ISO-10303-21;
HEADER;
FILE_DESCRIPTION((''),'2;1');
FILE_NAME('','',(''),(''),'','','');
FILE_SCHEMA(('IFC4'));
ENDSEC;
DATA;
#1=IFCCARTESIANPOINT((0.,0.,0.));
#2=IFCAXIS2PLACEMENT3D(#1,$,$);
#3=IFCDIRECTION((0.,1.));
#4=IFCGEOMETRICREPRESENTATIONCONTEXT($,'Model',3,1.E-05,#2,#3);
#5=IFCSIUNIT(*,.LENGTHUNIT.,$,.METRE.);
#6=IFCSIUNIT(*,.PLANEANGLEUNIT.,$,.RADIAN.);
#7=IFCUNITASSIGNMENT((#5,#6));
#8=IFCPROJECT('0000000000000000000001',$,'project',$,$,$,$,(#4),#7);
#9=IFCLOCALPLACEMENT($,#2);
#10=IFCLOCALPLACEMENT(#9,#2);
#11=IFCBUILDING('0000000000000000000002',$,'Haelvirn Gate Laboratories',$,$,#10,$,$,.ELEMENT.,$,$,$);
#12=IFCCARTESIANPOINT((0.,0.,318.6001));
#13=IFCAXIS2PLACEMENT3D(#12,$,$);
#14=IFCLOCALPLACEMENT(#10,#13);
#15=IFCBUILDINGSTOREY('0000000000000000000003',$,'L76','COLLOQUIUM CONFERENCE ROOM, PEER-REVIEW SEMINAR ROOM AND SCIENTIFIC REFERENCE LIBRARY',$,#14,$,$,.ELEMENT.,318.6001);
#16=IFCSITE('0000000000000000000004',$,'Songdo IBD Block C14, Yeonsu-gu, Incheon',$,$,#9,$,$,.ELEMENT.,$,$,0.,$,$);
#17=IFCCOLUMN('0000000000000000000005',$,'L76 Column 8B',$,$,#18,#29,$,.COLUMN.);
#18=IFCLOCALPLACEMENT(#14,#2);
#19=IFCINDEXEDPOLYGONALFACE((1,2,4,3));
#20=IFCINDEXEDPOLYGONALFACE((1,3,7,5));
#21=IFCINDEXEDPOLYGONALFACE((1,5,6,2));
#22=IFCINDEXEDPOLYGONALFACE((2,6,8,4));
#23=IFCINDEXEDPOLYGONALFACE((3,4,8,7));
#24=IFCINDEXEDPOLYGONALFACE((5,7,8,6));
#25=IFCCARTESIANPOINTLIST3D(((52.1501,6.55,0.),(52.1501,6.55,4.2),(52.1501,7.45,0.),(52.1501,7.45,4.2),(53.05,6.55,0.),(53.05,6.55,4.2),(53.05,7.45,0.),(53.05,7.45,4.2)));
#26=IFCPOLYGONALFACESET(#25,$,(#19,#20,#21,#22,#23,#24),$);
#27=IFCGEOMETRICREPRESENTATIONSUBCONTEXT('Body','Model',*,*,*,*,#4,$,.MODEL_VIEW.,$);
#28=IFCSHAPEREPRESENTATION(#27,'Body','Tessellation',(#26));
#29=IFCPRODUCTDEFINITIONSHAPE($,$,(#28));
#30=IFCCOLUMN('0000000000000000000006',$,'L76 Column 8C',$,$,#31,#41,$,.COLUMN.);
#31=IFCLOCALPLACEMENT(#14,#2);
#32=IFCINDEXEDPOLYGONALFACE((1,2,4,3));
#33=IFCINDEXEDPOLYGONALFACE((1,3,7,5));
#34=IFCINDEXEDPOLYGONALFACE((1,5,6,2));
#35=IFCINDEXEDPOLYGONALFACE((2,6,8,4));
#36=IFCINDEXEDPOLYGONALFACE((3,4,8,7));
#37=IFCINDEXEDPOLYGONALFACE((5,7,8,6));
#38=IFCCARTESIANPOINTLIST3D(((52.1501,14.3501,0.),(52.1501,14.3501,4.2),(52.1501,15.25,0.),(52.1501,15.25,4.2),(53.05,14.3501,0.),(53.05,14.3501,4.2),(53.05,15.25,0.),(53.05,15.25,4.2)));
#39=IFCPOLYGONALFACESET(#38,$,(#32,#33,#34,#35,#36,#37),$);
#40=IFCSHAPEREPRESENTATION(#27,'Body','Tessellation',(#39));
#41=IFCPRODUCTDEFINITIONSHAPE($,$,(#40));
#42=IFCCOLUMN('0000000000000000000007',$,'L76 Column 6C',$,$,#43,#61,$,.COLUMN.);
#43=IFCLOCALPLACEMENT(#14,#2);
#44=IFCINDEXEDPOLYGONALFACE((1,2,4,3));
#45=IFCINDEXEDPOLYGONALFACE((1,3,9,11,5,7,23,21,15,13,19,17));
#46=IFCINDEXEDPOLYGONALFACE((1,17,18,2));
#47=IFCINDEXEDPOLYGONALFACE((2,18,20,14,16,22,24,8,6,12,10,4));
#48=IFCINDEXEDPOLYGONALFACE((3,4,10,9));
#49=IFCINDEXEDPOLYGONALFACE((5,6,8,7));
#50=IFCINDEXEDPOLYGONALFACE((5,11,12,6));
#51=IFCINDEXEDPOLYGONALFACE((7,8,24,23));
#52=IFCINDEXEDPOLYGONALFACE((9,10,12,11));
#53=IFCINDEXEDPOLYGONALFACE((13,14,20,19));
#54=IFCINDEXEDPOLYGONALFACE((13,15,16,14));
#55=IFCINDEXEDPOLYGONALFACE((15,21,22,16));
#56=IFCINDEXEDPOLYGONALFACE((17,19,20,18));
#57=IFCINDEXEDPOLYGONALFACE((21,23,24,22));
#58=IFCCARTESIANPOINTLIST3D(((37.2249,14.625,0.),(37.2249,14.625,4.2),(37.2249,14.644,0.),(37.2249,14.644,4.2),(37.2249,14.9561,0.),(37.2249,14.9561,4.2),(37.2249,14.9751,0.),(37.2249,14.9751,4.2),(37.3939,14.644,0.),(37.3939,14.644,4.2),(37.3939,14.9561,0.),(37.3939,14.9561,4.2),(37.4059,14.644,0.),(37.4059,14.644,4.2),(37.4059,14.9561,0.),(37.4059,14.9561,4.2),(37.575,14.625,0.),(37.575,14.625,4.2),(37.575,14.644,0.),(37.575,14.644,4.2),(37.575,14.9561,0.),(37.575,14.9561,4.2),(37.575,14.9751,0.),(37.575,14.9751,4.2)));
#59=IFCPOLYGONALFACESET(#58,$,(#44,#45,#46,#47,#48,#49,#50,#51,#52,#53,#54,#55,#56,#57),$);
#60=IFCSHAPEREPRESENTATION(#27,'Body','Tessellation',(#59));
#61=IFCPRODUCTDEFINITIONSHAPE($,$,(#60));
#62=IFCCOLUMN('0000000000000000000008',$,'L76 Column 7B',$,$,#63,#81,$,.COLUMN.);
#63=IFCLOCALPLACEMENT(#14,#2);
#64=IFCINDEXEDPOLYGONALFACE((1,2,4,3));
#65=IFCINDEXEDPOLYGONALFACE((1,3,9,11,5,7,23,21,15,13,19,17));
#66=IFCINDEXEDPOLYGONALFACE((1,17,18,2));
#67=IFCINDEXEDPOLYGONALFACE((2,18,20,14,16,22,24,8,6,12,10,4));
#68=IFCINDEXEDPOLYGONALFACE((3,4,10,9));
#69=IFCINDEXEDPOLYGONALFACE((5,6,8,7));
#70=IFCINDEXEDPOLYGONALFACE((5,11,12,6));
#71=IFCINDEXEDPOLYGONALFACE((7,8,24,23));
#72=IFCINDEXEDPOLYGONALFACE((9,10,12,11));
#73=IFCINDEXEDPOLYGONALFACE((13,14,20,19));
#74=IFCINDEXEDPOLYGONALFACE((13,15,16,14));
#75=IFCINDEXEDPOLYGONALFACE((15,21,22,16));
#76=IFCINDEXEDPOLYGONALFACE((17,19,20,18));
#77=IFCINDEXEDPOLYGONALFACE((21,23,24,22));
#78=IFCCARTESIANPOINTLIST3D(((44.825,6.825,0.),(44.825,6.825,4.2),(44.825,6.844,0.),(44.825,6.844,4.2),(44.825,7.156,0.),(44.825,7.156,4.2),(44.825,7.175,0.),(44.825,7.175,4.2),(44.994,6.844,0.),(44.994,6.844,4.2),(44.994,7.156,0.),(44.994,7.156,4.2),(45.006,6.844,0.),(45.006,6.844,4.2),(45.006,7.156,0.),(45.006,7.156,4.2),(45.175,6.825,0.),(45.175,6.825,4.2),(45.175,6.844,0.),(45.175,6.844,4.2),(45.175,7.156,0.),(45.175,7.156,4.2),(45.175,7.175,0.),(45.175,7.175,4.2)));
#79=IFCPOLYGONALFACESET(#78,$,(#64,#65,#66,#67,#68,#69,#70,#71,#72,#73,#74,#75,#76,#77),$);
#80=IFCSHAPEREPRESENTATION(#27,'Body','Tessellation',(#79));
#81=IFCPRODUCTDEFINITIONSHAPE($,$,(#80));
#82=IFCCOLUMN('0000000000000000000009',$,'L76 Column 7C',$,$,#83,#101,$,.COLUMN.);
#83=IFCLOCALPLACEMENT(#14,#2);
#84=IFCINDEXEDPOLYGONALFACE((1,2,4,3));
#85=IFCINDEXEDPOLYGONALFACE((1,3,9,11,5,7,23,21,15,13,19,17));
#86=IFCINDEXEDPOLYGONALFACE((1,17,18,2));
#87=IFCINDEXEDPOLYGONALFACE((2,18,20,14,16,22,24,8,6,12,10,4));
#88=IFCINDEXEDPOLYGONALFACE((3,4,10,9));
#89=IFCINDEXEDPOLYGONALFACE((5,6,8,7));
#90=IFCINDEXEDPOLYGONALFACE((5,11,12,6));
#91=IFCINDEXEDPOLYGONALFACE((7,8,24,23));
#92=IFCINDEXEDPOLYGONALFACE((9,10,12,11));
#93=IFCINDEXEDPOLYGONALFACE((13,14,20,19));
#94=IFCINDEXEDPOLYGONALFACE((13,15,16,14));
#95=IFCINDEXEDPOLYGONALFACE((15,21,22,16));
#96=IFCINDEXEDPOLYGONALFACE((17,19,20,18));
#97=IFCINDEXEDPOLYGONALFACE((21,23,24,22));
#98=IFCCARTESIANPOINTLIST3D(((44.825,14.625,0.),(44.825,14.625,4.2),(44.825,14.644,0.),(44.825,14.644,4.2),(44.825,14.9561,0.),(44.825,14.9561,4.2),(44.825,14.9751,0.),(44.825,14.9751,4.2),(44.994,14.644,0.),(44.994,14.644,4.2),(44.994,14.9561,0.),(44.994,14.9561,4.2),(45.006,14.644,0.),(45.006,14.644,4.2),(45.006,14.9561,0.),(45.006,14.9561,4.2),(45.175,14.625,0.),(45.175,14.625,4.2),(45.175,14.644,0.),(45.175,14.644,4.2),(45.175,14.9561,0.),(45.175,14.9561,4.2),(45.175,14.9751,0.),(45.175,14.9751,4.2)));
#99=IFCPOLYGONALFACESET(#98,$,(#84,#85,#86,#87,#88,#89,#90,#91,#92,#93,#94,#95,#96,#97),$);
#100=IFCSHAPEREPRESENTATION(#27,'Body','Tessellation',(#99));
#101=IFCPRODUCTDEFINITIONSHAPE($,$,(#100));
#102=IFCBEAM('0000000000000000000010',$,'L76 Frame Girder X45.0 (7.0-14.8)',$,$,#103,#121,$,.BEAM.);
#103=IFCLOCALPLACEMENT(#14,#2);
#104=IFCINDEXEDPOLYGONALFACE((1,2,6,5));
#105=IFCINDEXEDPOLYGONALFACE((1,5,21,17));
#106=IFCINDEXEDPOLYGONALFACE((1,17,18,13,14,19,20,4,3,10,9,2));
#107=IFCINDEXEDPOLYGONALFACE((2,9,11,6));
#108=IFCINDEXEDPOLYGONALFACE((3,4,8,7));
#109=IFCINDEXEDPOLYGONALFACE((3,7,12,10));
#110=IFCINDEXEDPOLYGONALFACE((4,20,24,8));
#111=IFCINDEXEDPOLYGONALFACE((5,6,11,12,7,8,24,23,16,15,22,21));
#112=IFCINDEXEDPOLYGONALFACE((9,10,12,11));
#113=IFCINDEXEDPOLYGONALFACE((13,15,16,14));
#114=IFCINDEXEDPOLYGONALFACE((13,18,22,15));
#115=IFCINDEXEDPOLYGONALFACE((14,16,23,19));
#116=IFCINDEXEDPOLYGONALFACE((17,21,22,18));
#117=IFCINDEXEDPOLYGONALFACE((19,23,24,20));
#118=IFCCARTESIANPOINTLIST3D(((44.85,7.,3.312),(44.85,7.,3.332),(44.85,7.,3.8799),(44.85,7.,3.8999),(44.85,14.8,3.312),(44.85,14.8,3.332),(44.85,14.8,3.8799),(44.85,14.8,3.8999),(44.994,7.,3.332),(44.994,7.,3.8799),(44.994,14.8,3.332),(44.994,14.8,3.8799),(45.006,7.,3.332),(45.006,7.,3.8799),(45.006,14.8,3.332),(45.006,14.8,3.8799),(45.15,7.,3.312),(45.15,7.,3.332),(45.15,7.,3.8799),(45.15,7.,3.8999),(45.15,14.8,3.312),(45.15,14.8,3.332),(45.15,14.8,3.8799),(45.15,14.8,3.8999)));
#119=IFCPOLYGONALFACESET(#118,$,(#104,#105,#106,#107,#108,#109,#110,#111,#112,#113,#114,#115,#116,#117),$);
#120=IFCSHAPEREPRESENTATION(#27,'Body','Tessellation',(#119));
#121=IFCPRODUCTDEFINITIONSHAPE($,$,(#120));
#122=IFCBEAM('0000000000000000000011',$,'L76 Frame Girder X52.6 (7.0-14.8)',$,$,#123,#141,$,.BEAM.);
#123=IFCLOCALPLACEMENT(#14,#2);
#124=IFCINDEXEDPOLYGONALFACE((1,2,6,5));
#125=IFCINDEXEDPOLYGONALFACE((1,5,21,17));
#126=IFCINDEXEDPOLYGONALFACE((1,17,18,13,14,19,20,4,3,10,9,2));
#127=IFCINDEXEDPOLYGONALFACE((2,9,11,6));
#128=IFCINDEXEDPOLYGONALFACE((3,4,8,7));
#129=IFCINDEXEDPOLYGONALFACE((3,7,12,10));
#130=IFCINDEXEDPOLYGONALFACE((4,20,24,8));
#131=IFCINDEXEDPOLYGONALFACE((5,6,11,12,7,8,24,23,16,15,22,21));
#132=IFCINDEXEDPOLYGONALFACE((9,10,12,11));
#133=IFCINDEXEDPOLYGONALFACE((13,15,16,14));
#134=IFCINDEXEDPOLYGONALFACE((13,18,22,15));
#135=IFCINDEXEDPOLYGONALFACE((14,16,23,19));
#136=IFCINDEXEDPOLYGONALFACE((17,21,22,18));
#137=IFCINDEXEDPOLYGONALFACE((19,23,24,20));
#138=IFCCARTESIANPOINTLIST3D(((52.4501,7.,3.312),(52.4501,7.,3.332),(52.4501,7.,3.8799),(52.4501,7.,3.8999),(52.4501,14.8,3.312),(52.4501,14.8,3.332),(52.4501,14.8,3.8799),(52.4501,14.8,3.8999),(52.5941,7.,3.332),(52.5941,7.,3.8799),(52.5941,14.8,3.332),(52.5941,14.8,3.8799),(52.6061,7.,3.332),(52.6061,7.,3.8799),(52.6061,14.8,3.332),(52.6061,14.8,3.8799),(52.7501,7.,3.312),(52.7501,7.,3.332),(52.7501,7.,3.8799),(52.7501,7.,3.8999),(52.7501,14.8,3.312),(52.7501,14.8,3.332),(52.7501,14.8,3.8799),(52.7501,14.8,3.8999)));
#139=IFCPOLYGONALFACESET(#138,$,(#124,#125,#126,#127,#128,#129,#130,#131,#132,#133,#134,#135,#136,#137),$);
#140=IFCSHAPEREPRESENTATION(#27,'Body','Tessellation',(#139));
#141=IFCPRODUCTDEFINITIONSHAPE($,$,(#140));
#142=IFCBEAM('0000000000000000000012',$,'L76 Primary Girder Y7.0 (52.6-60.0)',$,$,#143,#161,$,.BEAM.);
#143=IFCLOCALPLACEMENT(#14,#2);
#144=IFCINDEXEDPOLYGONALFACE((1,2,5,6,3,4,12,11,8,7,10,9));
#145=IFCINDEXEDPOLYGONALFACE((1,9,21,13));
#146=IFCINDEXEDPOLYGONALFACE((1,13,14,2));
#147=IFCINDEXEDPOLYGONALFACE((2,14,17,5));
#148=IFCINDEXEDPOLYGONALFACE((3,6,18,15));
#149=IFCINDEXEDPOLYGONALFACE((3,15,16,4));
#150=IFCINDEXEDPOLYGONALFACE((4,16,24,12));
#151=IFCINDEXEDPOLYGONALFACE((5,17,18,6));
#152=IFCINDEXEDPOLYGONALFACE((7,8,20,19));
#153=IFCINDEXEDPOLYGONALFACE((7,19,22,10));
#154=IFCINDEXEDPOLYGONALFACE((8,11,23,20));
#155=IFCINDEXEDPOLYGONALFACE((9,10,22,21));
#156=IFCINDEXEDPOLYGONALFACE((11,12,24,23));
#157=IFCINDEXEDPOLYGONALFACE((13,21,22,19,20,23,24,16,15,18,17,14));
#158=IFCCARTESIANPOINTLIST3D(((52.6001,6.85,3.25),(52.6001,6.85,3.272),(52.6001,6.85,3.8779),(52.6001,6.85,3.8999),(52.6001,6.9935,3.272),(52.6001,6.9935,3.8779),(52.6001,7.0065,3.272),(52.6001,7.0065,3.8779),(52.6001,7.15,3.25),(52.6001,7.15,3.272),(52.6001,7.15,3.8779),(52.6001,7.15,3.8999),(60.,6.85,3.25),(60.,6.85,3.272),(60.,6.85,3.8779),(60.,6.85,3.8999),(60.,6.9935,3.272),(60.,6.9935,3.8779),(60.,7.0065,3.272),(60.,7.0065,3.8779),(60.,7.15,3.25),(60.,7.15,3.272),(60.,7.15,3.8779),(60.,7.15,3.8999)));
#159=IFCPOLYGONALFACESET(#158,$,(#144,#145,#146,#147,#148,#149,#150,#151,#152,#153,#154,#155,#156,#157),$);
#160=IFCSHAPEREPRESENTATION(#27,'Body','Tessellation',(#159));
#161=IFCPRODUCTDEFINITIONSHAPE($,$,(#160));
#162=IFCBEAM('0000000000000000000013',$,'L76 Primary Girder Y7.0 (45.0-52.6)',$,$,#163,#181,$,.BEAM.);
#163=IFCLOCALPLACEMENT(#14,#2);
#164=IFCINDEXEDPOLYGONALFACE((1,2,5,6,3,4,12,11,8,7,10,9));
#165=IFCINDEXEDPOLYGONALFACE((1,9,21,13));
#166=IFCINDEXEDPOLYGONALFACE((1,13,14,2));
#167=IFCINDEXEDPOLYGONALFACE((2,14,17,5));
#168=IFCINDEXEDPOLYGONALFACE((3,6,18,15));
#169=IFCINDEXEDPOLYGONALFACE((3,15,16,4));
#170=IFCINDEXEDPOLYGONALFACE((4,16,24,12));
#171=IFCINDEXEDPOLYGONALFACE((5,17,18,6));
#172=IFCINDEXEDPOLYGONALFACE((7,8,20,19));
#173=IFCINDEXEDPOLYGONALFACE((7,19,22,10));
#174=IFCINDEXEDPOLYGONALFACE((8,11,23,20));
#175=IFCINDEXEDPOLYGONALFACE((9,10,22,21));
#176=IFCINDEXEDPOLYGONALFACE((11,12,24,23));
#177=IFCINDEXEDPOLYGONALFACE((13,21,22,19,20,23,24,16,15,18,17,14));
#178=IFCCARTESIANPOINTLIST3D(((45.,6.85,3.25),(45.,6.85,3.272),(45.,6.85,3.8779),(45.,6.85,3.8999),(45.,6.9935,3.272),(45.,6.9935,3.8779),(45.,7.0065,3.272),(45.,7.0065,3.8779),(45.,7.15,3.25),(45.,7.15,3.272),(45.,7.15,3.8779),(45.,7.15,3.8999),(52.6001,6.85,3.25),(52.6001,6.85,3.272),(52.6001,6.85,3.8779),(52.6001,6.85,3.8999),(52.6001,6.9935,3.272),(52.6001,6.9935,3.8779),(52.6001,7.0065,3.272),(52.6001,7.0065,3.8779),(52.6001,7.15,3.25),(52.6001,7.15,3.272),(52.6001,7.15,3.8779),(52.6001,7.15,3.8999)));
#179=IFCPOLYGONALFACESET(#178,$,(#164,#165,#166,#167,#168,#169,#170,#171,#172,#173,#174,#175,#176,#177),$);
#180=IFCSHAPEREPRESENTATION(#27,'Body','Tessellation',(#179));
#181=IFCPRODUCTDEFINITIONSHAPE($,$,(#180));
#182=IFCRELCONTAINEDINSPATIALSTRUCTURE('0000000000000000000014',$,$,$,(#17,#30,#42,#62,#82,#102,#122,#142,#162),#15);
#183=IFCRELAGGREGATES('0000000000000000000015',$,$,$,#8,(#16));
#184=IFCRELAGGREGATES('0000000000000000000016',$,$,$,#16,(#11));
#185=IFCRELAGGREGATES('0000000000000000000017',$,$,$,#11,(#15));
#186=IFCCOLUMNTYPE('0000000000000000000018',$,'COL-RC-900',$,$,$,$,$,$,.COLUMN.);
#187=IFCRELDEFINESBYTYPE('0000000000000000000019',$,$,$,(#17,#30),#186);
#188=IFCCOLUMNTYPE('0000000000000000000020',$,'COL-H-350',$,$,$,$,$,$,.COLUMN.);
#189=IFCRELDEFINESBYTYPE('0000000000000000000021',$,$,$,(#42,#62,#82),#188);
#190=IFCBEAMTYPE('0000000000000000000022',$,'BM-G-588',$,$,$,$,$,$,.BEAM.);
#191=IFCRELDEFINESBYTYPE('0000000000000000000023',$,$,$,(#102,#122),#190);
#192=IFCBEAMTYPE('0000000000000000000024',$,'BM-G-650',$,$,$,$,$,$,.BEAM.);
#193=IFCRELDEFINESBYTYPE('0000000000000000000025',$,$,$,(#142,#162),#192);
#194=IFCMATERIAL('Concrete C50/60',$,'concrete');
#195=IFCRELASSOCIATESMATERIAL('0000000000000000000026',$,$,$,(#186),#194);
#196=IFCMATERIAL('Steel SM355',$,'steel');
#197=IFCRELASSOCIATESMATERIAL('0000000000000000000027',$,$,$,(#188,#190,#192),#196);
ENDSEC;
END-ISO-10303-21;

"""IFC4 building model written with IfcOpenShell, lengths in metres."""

from ifc_helpers import new_model, si_unit, direction, frame, origin, origin_2d, place, context, subcontext, project, spatial, rectangle, i_section, extrude, source, transform, mapped, material, material_profile, profile_set, type_object, type_shapes, element, save


model = new_model("IFC4")

# Units and contexts
model_context = context("Model", 3, precision=1e-05, world=origin(), true_north=direction((0.0, 1.0)))
body_context = subcontext(model_context, "Body", "Model", "MODEL_VIEW")
ifc_project = project(units=[si_unit("LENGTHUNIT", "METRE"), si_unit("PLANEANGLEUNIT", "RADIAN")], contexts=[model_context])

# Site, building, storey
site_placement = place(None, origin())
site = spatial("IfcSite", under=ifc_project, at=site_placement, Name="Songdo IBD Block C14, Yeonsu-gu, Incheon", CompositionType="ELEMENT", RefElevation=0.0)
building_placement = place(site_placement, origin())
building = spatial("IfcBuilding", under=site, at=building_placement, Name="Haelvirn Gate Laboratories", CompositionType="ELEMENT")
storey_placement = place(building_placement, frame((0.0, 0.0, 318.6001)))
storey = spatial("IfcBuildingStorey", under=building, at=storey_placement, Name="L76", Description="COLLOQUIUM CONFERENCE ROOM, PEER-REVIEW SEMINAR ROOM AND SCIENTIFIC REFERENCE LIBRARY", CompositionType="ELEMENT", Elevation=318.6001)

# Columns
ifc_material_1 = material(Name="Concrete C50/60", Category="concrete")
ifc_material_profile_1 = material_profile(ifc_material_1, rectangle(XDim=0.8999, YDim=0.8999, at=origin_2d()), Name="RC-900x900")
ifc_profile_set_1 = profile_set([ifc_material_profile_1], Name="Concrete C50/60")
column_type_1 = type_object("IfcColumnType", Name="COL-RC-900", PredefinedType="COLUMN", material=ifc_profile_set_1)
shared_shape_1 = source(origin(), body_context, "Body", "SweptSolid", [
    extrude(rectangle(XDim=0.8999, YDim=0.8999, at=origin_2d()), origin(), (0.0, 0.0, 1.0), 4.2),
])
type_shapes(column_type_1, [shared_shape_1])
for number, where, z_axis, x_axis, name in (
    (1, (52.6001, 7.0, 0.0), (0.0, 0.0, 1.0), (1.0, 0.0, 0.0), "L76 Column 8B"),
    (2, (52.6001, 14.8, 0.0), (0.0, 0.0, 1.0), (1.0, 0.0, 0.0), "L76 Column 8C"),
):
    element("IfcColumn", number, at=place(storey_placement, frame(where, z_axis=z_axis, x_axis=x_axis)), inside=storey, type_object=column_type_1, Name=name, PredefinedType="COLUMN", context=body_context, shape_type="MappedRepresentation", body=[
        mapped(shared_shape_1, transform((0.0, 0.0, 0.0), scale=1.0)),
    ])
ifc_material_2 = material(Name="Steel SM355", Category="steel")
ifc_material_profile_2 = material_profile(ifc_material_2, i_section(OverallWidth=0.3501, OverallDepth=0.3501, WebThickness=0.012, FlangeThickness=0.019, at=origin_2d()), Name="H-350x350x12x19")
ifc_profile_set_2 = profile_set([ifc_material_profile_2], Name="Steel SM355")
column_type_2 = type_object("IfcColumnType", Name="COL-H-350", PredefinedType="COLUMN", material=ifc_profile_set_2)
shared_shape_2 = source(origin(), body_context, "Body", "SweptSolid", [
    extrude(i_section(OverallWidth=0.3501, OverallDepth=0.3501, WebThickness=0.012, FlangeThickness=0.019, at=origin_2d()), origin(), (0.0, 0.0, 1.0), 4.2),
])
type_shapes(column_type_2, [shared_shape_2])
for number, where, z_axis, x_axis, name in (
    (3, (37.3999, 14.8, 0.0), (0.0, 0.0, 1.0), (1.0, 0.0, 0.0), "L76 Column 6C"),
    (4, (45.0, 7.0, 0.0), (0.0, 0.0, 1.0), (1.0, 0.0, 0.0), "L76 Column 7B"),
    (5, (45.0, 14.8, 0.0), (0.0, 0.0, 1.0), (1.0, 0.0, 0.0), "L76 Column 7C"),
):
    element("IfcColumn", number, at=place(storey_placement, frame(where, z_axis=z_axis, x_axis=x_axis)), inside=storey, type_object=column_type_2, Name=name, PredefinedType="COLUMN", context=body_context, shape_type="MappedRepresentation", body=[
        mapped(shared_shape_2, transform((0.0, 0.0, 0.0), scale=1.0)),
    ])

# Beams
ifc_material_profile_3 = material_profile(ifc_material_2, i_section(OverallWidth=0.3, OverallDepth=0.5879, WebThickness=0.012, FlangeThickness=0.02, at=origin_2d()), Name="H-588x300x12x20")
ifc_profile_set_3 = profile_set([ifc_material_profile_3], Name="Steel SM355")
beam_type_1 = type_object("IfcBeamType", Name="BM-G-588", PredefinedType="BEAM", material=ifc_profile_set_3)
shared_shape_3 = source(origin(), body_context, "Body", "SweptSolid", [
    extrude(i_section(OverallWidth=0.3, OverallDepth=0.5879, WebThickness=0.012, FlangeThickness=0.02, at=origin_2d()), origin(), (0.0, 0.0, 1.0), 7.8),
])
type_shapes(beam_type_1, [shared_shape_3])
for number, where, z_axis, x_axis, name in (
    (6, (45.0, 7.0, 3.606), (0.0, 1.0, 0.0), (-1.0, 0.0, 0.0), "L76 Frame Girder X45.0 (7.0-14.8)"),
    (7, (52.6001, 7.0, 3.606), (0.0, 1.0, 0.0), (-1.0, 0.0, 0.0), "L76 Frame Girder X52.6 (7.0-14.8)"),
):
    element("IfcBeam", number, at=place(storey_placement, frame(where, z_axis=z_axis, x_axis=x_axis)), inside=storey, type_object=beam_type_1, Name=name, PredefinedType="BEAM", context=body_context, shape_type="MappedRepresentation", body=[
        mapped(shared_shape_3, transform((0.0, 0.0, 0.0), scale=1.0)),
    ])
ifc_material_profile_4 = material_profile(ifc_material_2, i_section(OverallWidth=0.3, OverallDepth=0.6499, WebThickness=0.0129, FlangeThickness=0.022, at=origin_2d()), Name="H-650x300x13x22")
ifc_profile_set_4 = profile_set([ifc_material_profile_4], Name="Steel SM355")
beam_type_2 = type_object("IfcBeamType", Name="BM-G-650", PredefinedType="BEAM", material=ifc_profile_set_4)
shared_shape_4 = source(origin(), body_context, "Body", "SweptSolid", [
    extrude(i_section(OverallWidth=0.3, OverallDepth=0.6499, WebThickness=0.0129, FlangeThickness=0.022, at=origin_2d()), origin(), (0.0, 0.0, 1.0), 7.3999),
])
beam_placement = place(storey_placement, frame((52.6001, 7.0, 3.575), z_axis=(1.0, 0.0, 0.0), x_axis=(0.0, 1.0, 0.0)))
element("IfcBeam", 8, at=beam_placement, inside=storey, type_object=beam_type_2, Name="L76 Primary Girder Y7.0 (52.6-60.0)", PredefinedType="BEAM", context=body_context, shape_type="MappedRepresentation", body=[
    mapped(shared_shape_4, transform((0.0, 0.0, 0.0), scale=1.0)),
])
shared_shape_5 = source(origin(), body_context, "Body", "SweptSolid", [
    extrude(i_section(OverallWidth=0.3, OverallDepth=0.6499, WebThickness=0.0129, FlangeThickness=0.022, at=origin_2d()), origin(), (0.0, 0.0, 1.0), 7.6001),
])
type_shapes(beam_type_2, [shared_shape_4, shared_shape_5])
for number, where, z_axis, x_axis, name in (
    (9, (45.0, 7.0, 3.575), (1.0, 0.0, 0.0), (0.0, 1.0, 0.0), "L76 Primary Girder Y7.0 (45.0-52.6)"),
):
    element("IfcBeam", number, at=place(storey_placement, frame(where, z_axis=z_axis, x_axis=x_axis)), inside=storey, type_object=beam_type_2, Name=name, PredefinedType="BEAM", context=body_context, shape_type="MappedRepresentation", body=[
        mapped(shared_shape_5, transform((0.0, 0.0, 0.0), scale=1.0)),
    ])

save(model, "model.ifc")
